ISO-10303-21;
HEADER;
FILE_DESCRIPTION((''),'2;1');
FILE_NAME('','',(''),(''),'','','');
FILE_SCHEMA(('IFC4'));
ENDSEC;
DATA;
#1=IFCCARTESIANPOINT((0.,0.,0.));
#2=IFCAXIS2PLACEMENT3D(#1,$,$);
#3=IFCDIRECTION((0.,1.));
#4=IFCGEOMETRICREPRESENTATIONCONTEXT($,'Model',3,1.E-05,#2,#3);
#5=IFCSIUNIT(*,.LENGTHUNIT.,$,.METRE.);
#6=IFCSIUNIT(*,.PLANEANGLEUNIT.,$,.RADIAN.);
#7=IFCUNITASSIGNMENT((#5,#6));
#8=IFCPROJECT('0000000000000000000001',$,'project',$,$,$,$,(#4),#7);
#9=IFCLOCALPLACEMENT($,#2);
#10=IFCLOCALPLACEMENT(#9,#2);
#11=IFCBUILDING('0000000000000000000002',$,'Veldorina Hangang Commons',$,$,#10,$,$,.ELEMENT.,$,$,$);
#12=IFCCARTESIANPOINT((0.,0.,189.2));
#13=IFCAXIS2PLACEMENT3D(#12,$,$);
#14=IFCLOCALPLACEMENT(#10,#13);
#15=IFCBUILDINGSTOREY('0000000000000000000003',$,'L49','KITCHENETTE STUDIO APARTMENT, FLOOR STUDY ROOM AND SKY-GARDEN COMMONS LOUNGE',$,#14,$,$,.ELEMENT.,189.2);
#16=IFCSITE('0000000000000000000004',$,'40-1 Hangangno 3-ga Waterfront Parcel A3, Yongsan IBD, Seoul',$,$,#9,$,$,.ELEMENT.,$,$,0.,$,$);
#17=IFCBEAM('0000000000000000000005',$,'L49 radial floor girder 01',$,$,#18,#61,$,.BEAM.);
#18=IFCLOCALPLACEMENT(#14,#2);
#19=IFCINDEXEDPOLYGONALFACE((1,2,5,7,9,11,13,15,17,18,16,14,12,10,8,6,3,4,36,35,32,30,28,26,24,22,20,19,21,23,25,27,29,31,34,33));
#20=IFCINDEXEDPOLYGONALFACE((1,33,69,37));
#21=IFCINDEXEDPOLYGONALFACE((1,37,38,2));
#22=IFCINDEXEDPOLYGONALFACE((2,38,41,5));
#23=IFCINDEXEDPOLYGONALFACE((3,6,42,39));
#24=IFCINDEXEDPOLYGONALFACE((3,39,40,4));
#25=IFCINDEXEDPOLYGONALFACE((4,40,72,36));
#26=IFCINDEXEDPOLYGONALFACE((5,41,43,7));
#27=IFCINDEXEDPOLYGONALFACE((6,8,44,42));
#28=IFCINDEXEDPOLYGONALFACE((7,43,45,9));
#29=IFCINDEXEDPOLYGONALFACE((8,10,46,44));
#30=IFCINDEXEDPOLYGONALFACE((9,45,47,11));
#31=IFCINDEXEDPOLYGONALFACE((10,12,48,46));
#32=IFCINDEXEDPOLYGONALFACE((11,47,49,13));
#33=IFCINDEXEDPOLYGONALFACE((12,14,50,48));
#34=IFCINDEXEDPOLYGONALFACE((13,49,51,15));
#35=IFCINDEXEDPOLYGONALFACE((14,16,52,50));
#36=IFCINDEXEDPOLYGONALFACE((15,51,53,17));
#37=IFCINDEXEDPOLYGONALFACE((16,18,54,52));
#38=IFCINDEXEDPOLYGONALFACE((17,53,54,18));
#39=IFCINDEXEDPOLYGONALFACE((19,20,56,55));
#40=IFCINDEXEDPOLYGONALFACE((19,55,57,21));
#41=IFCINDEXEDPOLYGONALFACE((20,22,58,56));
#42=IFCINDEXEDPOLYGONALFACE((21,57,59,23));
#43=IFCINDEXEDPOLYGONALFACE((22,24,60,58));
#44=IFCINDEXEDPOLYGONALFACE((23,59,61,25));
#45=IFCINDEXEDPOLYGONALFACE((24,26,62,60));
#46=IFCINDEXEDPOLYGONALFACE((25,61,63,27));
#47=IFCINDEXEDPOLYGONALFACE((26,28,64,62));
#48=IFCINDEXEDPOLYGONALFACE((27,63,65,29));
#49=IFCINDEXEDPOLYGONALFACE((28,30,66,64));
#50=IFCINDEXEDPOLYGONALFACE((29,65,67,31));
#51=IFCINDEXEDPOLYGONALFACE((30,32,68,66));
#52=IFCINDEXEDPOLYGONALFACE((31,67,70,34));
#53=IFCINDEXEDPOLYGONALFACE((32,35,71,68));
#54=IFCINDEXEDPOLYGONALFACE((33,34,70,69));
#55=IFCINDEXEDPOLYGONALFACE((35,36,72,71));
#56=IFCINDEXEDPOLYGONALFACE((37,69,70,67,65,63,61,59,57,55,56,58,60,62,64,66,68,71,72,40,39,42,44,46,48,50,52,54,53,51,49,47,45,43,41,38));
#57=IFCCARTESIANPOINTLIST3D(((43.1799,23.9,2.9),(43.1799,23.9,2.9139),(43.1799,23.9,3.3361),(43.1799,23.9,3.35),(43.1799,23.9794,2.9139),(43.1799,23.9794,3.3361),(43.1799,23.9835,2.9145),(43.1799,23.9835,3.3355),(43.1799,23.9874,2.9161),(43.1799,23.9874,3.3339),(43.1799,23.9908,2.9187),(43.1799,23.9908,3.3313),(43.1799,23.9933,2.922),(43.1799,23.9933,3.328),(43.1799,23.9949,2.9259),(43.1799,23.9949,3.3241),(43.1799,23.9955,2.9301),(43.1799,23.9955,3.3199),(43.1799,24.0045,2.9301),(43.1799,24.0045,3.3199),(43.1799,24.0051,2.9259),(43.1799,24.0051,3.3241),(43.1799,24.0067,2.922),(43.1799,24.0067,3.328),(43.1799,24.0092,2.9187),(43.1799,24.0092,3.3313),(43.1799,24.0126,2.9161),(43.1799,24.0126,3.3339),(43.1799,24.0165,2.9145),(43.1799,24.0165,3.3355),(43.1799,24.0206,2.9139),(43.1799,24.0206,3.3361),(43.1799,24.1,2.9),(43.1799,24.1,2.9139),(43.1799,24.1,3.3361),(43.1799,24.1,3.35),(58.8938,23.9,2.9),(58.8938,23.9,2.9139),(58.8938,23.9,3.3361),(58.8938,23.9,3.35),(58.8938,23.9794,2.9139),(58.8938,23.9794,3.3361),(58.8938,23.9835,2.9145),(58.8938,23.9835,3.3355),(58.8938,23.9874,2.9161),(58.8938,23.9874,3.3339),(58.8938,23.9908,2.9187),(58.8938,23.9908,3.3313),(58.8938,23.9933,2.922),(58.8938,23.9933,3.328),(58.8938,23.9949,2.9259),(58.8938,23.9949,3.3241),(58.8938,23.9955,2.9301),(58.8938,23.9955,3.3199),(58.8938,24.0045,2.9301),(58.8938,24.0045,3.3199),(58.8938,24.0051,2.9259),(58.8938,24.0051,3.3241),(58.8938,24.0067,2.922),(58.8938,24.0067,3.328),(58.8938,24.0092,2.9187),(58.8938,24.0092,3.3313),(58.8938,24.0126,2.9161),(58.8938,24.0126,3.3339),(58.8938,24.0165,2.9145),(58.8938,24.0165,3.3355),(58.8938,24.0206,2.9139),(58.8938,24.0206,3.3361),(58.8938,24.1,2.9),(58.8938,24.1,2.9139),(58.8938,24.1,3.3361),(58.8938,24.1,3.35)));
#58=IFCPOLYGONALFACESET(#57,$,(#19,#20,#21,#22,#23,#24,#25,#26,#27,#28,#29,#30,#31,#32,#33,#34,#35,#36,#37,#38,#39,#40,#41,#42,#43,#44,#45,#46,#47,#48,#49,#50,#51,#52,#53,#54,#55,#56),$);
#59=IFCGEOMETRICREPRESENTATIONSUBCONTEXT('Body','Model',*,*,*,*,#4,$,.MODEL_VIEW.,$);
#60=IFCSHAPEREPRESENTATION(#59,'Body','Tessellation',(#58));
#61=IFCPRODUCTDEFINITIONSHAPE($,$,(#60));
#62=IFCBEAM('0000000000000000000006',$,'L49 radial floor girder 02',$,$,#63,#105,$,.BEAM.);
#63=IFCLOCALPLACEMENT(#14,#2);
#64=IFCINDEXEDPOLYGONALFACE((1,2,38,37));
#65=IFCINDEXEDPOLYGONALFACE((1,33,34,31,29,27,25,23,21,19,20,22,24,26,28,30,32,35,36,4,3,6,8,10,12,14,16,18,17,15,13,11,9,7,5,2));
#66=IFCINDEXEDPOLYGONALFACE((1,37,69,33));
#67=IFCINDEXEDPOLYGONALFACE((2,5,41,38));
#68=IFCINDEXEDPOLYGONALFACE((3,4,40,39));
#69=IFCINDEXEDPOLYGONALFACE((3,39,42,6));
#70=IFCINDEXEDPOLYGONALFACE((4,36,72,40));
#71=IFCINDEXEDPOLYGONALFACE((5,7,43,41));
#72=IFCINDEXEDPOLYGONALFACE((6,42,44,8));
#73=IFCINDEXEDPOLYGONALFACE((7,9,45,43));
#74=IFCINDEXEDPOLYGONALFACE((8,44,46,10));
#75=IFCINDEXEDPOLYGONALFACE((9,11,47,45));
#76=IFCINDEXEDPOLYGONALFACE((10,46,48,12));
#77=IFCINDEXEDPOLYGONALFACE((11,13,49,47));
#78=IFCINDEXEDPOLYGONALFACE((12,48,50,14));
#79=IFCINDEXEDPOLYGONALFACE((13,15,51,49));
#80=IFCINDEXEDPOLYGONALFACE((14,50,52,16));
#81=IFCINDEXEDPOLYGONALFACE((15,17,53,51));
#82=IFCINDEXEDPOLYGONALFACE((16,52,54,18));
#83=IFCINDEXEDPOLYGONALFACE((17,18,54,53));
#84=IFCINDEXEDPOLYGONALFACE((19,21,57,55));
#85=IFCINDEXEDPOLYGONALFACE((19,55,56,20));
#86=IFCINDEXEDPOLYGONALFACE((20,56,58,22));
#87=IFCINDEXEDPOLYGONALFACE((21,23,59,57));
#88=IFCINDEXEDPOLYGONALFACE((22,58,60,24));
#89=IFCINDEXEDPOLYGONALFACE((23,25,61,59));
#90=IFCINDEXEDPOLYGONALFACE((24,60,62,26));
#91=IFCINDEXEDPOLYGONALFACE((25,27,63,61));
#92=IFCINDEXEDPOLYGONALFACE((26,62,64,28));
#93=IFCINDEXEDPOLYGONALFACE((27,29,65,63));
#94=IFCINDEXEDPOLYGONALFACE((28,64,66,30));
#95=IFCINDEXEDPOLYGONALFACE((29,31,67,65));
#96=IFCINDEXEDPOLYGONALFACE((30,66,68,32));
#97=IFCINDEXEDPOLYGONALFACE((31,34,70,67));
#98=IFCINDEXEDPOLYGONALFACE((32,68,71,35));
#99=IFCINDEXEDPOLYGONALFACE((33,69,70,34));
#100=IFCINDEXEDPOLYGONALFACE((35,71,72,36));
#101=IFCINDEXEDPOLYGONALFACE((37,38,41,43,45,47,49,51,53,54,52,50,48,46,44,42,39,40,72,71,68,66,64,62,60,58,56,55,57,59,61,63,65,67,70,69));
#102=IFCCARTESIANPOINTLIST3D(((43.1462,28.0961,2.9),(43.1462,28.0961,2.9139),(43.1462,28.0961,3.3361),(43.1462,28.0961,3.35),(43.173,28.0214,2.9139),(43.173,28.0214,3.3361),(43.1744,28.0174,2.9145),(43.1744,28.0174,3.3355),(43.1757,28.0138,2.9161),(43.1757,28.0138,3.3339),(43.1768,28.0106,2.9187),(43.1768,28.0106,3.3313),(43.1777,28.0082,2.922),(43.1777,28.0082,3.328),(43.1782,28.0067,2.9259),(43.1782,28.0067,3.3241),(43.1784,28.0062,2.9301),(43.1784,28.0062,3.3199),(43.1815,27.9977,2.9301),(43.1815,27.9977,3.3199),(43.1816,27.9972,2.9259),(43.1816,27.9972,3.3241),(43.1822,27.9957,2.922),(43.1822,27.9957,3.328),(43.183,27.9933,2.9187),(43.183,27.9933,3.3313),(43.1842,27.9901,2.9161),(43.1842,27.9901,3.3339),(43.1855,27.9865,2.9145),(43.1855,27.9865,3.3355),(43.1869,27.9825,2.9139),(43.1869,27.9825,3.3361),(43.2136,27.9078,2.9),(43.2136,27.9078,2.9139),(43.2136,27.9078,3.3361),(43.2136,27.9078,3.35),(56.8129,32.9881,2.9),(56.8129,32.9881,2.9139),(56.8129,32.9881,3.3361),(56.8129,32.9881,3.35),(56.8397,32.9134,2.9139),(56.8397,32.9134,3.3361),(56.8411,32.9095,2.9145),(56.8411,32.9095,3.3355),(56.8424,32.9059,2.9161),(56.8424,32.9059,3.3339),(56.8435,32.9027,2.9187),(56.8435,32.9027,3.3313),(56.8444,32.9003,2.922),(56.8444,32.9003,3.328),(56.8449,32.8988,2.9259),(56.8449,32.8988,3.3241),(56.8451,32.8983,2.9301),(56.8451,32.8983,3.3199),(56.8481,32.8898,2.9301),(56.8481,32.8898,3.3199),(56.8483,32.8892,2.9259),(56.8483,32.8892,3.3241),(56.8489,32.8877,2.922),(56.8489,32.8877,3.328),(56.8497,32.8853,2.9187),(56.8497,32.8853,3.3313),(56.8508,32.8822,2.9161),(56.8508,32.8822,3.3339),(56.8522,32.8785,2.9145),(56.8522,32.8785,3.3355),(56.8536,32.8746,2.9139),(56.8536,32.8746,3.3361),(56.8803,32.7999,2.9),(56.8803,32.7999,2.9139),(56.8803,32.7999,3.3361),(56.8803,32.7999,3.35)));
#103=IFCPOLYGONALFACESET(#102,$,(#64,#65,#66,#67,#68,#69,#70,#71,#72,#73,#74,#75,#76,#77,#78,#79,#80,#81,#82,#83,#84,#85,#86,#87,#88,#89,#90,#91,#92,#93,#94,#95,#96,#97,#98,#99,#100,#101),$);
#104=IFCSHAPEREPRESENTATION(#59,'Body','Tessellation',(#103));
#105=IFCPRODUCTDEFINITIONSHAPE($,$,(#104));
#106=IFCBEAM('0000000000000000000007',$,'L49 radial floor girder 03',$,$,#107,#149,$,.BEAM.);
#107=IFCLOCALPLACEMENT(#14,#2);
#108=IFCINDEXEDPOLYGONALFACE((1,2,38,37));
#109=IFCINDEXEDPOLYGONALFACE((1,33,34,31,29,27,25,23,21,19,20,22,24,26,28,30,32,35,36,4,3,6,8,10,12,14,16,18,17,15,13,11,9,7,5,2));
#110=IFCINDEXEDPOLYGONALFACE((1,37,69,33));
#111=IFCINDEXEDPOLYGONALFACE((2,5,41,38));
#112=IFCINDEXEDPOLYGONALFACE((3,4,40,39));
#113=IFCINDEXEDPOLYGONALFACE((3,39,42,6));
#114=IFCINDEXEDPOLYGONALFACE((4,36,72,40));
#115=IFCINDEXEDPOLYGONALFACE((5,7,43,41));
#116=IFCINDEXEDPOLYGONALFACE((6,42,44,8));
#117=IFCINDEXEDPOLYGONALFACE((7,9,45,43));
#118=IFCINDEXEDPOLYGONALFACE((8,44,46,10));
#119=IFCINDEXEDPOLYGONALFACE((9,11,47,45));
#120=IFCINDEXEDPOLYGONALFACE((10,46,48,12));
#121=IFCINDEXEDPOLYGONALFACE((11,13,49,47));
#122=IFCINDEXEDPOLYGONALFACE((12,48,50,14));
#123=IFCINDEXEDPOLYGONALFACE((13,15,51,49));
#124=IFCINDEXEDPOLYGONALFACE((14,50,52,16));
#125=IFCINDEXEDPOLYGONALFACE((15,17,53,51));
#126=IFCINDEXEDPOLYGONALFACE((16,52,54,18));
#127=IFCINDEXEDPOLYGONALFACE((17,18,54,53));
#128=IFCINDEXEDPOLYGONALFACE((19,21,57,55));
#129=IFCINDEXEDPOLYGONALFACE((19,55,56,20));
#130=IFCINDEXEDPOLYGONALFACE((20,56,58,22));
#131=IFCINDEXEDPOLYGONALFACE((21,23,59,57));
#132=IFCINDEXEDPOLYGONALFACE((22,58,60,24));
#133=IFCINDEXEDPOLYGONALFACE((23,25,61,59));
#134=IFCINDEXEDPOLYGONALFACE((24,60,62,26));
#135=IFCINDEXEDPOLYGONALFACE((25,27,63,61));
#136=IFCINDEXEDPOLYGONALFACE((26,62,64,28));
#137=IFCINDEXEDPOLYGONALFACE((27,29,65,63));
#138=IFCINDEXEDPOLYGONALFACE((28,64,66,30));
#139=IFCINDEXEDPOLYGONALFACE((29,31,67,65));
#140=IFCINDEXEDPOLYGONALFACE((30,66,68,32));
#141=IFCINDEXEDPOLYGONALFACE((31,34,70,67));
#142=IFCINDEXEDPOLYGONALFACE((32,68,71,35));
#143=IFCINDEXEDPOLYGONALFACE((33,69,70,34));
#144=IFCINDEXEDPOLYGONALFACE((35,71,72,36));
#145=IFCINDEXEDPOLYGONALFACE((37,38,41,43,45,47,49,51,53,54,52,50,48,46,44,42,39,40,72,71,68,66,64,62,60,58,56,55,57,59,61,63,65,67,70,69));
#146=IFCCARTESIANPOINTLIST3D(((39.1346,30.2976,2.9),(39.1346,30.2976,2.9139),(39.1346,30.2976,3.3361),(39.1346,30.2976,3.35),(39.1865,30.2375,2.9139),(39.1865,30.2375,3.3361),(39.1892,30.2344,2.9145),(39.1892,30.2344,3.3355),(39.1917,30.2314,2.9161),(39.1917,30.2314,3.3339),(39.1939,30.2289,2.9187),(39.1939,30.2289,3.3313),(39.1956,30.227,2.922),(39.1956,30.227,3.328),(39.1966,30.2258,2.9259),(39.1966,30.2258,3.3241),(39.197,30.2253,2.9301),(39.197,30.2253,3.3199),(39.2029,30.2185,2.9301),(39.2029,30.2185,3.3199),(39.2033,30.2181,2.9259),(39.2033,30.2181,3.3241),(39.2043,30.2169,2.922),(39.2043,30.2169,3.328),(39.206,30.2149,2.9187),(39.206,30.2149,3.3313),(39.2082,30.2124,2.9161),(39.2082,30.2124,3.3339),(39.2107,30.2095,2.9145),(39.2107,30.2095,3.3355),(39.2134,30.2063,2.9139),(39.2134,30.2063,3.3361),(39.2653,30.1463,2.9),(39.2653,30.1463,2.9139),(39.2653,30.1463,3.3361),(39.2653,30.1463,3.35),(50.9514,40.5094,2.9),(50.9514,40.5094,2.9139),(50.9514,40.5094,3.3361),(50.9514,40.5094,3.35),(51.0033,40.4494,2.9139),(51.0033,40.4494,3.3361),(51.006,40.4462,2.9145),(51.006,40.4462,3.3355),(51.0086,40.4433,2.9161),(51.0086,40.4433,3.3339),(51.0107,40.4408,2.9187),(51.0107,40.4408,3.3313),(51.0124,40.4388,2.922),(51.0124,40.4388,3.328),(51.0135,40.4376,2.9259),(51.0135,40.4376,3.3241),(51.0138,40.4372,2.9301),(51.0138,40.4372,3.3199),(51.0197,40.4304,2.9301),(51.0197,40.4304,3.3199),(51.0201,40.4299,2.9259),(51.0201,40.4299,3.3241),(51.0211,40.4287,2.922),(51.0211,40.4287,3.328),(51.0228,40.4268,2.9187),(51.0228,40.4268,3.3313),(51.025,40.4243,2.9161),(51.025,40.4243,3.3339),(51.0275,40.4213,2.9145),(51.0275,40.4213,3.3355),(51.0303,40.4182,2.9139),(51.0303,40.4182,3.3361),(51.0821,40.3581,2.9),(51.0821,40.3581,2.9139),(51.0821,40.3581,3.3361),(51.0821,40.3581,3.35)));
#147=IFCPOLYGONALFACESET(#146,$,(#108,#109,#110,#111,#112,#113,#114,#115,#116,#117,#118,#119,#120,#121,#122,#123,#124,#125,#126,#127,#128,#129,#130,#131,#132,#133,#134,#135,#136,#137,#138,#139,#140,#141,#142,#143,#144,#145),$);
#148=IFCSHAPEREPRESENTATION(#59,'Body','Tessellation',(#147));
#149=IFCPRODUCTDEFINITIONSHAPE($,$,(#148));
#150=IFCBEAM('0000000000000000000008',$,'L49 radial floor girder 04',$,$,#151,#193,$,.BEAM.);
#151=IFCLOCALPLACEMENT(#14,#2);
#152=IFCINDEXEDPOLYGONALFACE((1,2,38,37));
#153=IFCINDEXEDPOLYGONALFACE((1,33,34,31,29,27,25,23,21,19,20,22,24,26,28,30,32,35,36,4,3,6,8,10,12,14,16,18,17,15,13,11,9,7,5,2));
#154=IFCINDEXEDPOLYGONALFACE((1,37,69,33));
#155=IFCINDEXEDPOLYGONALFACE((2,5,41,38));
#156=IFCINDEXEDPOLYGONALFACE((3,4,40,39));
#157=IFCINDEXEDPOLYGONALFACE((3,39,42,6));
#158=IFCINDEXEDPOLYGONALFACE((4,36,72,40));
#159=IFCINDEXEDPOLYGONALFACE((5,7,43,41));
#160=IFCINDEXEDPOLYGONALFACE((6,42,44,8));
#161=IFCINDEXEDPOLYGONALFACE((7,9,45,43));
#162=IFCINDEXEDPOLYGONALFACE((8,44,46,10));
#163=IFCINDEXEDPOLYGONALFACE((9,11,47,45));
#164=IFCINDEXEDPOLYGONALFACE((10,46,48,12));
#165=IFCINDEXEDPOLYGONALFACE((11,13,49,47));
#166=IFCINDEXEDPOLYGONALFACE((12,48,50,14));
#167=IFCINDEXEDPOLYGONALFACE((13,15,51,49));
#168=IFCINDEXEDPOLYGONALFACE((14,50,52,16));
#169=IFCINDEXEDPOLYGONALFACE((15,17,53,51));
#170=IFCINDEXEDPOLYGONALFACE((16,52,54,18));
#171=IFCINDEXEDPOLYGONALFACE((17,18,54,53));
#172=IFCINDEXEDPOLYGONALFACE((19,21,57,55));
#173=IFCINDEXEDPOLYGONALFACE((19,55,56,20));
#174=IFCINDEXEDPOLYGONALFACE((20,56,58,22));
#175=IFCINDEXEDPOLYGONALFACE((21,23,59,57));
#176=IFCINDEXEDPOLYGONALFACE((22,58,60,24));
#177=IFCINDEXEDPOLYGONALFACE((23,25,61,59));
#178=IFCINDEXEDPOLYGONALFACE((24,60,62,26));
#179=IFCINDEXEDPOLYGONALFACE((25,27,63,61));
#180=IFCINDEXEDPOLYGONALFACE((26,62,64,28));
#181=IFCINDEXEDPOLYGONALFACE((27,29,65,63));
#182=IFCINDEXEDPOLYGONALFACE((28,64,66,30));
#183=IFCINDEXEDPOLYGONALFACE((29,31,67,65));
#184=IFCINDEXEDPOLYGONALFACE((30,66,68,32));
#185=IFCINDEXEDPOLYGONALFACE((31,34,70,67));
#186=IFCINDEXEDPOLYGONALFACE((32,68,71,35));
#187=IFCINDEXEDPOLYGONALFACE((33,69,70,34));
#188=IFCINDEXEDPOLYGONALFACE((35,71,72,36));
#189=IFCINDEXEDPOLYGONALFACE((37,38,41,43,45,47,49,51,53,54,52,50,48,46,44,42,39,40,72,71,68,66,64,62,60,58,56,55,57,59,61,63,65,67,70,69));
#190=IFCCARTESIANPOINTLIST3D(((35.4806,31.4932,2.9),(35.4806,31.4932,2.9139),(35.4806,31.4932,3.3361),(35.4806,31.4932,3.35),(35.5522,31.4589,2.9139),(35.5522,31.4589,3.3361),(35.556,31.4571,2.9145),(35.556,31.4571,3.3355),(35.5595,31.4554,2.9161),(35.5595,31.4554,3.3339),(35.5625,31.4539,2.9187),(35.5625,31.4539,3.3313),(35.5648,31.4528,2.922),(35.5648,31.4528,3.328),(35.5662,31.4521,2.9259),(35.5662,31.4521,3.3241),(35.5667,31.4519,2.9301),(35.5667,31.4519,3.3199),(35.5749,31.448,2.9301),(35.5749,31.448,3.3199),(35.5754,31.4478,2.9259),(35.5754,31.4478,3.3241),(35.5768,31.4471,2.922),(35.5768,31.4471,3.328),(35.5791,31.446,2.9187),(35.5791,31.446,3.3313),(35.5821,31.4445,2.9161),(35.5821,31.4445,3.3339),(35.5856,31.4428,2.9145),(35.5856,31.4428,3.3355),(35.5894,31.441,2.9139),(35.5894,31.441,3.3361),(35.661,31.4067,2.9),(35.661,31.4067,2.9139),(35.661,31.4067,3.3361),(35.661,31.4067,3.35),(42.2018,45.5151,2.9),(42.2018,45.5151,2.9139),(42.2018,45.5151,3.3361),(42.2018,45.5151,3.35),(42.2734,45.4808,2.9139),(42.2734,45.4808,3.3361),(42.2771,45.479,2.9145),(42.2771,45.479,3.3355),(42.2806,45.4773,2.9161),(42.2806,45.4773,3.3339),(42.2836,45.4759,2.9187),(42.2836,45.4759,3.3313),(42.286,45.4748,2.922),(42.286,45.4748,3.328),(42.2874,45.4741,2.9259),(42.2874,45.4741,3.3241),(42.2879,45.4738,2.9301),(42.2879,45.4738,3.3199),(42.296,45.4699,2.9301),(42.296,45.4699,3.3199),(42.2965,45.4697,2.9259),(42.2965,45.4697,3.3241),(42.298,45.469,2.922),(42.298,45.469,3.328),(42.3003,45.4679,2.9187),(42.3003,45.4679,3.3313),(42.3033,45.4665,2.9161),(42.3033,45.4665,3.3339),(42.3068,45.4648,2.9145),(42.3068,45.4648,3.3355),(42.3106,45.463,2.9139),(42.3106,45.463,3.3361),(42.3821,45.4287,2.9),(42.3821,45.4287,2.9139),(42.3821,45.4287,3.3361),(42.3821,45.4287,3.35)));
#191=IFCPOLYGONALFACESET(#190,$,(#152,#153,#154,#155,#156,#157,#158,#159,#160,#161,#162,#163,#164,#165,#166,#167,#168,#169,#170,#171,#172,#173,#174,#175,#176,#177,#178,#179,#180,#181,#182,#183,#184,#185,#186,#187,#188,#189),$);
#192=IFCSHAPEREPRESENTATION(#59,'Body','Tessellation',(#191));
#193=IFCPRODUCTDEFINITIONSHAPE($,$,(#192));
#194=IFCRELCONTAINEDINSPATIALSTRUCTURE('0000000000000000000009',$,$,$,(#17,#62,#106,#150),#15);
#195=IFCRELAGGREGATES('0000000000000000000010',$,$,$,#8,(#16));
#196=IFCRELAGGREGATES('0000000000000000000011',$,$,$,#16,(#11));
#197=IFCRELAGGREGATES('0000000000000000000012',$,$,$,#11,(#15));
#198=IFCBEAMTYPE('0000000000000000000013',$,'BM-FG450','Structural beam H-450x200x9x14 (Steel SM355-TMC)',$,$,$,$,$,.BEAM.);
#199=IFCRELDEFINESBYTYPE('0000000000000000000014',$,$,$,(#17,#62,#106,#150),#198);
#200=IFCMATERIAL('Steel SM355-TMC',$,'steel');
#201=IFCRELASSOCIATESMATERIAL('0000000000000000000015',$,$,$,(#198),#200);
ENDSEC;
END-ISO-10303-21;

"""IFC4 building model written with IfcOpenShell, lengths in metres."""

from ifc_helpers import new_model, si_unit, direction, frame, origin, origin_2d, place, context, subcontext, project, spatial, i_section, extrude, material, material_profile, profile_set, type_object, element, save


model = new_model("IFC4")

# Units and contexts
model_context = context("Model", 3, precision=1e-05, world=origin(), true_north=direction((0.0, 1.0)))
body_context = subcontext(model_context, "Body", "Model", "MODEL_VIEW")
ifc_project = project(units=[si_unit("LENGTHUNIT", "METRE"), si_unit("PLANEANGLEUNIT", "RADIAN")], contexts=[model_context])

# Site, building, storey
site_placement = place(None, origin())
site = spatial("IfcSite", under=ifc_project, at=site_placement, Name="40-1 Hangangno 3-ga Waterfront Parcel A3, Yongsan IBD, Seoul", CompositionType="ELEMENT", RefElevation=0.0)
building_placement = place(site_placement, origin())
building = spatial("IfcBuilding", under=site, at=building_placement, Name="Veldorina Hangang Commons", CompositionType="ELEMENT")
storey_placement = place(building_placement, frame((0.0, 0.0, 189.2)))
storey = spatial("IfcBuildingStorey", under=building, at=storey_placement, Name="L49", Description="KITCHENETTE STUDIO APARTMENT, FLOOR STUDY ROOM AND SKY-GARDEN COMMONS LOUNGE", CompositionType="ELEMENT", Elevation=189.2)

# Beams
ifc_material_1 = material(Name="Steel SM355-TMC", Category="steel")
ifc_material_profile = material_profile(ifc_material_1, i_section(OverallWidth=0.2, OverallDepth=0.45, WebThickness=0.009, FlangeThickness=0.0139, FilletRadius=0.0161, at=origin_2d()), Name="H-450x200x9x14")
ifc_profile_set = profile_set([ifc_material_profile], Name="Steel SM355-TMC")
beam_type = type_object("IfcBeamType", Name="BM-FG450", Description="Structural beam H-450x200x9x14 (Steel SM355-TMC)", PredefinedType="BEAM", material=ifc_profile_set)
beam_1_placement = place(storey_placement, frame((43.1799, 24.0, 3.125), z_axis=(1.0, 0.0, 0.0), x_axis=(0.0, 1.0, 0.0)))
element("IfcBeam", 1, at=beam_1_placement, inside=storey, type_object=beam_type, Name="L49 radial floor girder 01", PredefinedType="BEAM", context=body_context, shape_type="SweptSolid", body=[
    extrude(i_section(OverallWidth=0.2, OverallDepth=0.45, WebThickness=0.009, FlangeThickness=0.0139, FilletRadius=0.0161, at=origin_2d()), origin(), (0.0, 0.0, 1.0), 15.7139),
])
beam_2_placement = place(storey_placement, frame((43.1799, 28.002, 3.125), z_axis=(0.941499, 0.337015, 0.0), x_axis=(-0.337015, 0.941499, 0.0)))
element("IfcBeam", 2, at=beam_2_placement, inside=storey, type_object=beam_type, Name="L49 radial floor girder 02", PredefinedType="BEAM", context=body_context, shape_type="SweptSolid", body=[
    extrude(i_section(OverallWidth=0.2, OverallDepth=0.45, WebThickness=0.009, FlangeThickness=0.0139, FilletRadius=0.0161, at=origin_2d()), origin(), (0.0, 0.0, 1.0), 14.5159),
])
beam_3_placement = place(storey_placement, frame((39.2, 30.2219, 3.125), z_axis=(0.75662, 0.653855, 0.0), x_axis=(-0.653855, 0.75662, 0.0)))
element("IfcBeam", 3, at=beam_3_placement, inside=storey, type_object=beam_type, Name="L49 radial floor girder 03", PredefinedType="BEAM", context=body_context, shape_type="SweptSolid", body=[
    extrude(i_section(OverallWidth=0.2, OverallDepth=0.45, WebThickness=0.009, FlangeThickness=0.0139, FilletRadius=0.0161, at=origin_2d()), origin(), (0.0, 0.0, 1.0), 15.6179),
])
beam_4_placement = place(storey_placement, frame((35.5708, 31.45, 3.125), z_axis=(0.432242, 0.901758, 0.0), x_axis=(-0.901758, 0.432242, 0.0)))
element("IfcBeam", 4, at=beam_4_placement, inside=storey, type_object=beam_type, Name="L49 radial floor girder 04", PredefinedType="BEAM", context=body_context, shape_type="SweptSolid", body=[
    extrude(i_section(OverallWidth=0.2, OverallDepth=0.45, WebThickness=0.009, FlangeThickness=0.0139, FilletRadius=0.0161, at=origin_2d()), origin(), (0.0, 0.0, 1.0), 15.5496),
])

save(model, "model.ifc")
